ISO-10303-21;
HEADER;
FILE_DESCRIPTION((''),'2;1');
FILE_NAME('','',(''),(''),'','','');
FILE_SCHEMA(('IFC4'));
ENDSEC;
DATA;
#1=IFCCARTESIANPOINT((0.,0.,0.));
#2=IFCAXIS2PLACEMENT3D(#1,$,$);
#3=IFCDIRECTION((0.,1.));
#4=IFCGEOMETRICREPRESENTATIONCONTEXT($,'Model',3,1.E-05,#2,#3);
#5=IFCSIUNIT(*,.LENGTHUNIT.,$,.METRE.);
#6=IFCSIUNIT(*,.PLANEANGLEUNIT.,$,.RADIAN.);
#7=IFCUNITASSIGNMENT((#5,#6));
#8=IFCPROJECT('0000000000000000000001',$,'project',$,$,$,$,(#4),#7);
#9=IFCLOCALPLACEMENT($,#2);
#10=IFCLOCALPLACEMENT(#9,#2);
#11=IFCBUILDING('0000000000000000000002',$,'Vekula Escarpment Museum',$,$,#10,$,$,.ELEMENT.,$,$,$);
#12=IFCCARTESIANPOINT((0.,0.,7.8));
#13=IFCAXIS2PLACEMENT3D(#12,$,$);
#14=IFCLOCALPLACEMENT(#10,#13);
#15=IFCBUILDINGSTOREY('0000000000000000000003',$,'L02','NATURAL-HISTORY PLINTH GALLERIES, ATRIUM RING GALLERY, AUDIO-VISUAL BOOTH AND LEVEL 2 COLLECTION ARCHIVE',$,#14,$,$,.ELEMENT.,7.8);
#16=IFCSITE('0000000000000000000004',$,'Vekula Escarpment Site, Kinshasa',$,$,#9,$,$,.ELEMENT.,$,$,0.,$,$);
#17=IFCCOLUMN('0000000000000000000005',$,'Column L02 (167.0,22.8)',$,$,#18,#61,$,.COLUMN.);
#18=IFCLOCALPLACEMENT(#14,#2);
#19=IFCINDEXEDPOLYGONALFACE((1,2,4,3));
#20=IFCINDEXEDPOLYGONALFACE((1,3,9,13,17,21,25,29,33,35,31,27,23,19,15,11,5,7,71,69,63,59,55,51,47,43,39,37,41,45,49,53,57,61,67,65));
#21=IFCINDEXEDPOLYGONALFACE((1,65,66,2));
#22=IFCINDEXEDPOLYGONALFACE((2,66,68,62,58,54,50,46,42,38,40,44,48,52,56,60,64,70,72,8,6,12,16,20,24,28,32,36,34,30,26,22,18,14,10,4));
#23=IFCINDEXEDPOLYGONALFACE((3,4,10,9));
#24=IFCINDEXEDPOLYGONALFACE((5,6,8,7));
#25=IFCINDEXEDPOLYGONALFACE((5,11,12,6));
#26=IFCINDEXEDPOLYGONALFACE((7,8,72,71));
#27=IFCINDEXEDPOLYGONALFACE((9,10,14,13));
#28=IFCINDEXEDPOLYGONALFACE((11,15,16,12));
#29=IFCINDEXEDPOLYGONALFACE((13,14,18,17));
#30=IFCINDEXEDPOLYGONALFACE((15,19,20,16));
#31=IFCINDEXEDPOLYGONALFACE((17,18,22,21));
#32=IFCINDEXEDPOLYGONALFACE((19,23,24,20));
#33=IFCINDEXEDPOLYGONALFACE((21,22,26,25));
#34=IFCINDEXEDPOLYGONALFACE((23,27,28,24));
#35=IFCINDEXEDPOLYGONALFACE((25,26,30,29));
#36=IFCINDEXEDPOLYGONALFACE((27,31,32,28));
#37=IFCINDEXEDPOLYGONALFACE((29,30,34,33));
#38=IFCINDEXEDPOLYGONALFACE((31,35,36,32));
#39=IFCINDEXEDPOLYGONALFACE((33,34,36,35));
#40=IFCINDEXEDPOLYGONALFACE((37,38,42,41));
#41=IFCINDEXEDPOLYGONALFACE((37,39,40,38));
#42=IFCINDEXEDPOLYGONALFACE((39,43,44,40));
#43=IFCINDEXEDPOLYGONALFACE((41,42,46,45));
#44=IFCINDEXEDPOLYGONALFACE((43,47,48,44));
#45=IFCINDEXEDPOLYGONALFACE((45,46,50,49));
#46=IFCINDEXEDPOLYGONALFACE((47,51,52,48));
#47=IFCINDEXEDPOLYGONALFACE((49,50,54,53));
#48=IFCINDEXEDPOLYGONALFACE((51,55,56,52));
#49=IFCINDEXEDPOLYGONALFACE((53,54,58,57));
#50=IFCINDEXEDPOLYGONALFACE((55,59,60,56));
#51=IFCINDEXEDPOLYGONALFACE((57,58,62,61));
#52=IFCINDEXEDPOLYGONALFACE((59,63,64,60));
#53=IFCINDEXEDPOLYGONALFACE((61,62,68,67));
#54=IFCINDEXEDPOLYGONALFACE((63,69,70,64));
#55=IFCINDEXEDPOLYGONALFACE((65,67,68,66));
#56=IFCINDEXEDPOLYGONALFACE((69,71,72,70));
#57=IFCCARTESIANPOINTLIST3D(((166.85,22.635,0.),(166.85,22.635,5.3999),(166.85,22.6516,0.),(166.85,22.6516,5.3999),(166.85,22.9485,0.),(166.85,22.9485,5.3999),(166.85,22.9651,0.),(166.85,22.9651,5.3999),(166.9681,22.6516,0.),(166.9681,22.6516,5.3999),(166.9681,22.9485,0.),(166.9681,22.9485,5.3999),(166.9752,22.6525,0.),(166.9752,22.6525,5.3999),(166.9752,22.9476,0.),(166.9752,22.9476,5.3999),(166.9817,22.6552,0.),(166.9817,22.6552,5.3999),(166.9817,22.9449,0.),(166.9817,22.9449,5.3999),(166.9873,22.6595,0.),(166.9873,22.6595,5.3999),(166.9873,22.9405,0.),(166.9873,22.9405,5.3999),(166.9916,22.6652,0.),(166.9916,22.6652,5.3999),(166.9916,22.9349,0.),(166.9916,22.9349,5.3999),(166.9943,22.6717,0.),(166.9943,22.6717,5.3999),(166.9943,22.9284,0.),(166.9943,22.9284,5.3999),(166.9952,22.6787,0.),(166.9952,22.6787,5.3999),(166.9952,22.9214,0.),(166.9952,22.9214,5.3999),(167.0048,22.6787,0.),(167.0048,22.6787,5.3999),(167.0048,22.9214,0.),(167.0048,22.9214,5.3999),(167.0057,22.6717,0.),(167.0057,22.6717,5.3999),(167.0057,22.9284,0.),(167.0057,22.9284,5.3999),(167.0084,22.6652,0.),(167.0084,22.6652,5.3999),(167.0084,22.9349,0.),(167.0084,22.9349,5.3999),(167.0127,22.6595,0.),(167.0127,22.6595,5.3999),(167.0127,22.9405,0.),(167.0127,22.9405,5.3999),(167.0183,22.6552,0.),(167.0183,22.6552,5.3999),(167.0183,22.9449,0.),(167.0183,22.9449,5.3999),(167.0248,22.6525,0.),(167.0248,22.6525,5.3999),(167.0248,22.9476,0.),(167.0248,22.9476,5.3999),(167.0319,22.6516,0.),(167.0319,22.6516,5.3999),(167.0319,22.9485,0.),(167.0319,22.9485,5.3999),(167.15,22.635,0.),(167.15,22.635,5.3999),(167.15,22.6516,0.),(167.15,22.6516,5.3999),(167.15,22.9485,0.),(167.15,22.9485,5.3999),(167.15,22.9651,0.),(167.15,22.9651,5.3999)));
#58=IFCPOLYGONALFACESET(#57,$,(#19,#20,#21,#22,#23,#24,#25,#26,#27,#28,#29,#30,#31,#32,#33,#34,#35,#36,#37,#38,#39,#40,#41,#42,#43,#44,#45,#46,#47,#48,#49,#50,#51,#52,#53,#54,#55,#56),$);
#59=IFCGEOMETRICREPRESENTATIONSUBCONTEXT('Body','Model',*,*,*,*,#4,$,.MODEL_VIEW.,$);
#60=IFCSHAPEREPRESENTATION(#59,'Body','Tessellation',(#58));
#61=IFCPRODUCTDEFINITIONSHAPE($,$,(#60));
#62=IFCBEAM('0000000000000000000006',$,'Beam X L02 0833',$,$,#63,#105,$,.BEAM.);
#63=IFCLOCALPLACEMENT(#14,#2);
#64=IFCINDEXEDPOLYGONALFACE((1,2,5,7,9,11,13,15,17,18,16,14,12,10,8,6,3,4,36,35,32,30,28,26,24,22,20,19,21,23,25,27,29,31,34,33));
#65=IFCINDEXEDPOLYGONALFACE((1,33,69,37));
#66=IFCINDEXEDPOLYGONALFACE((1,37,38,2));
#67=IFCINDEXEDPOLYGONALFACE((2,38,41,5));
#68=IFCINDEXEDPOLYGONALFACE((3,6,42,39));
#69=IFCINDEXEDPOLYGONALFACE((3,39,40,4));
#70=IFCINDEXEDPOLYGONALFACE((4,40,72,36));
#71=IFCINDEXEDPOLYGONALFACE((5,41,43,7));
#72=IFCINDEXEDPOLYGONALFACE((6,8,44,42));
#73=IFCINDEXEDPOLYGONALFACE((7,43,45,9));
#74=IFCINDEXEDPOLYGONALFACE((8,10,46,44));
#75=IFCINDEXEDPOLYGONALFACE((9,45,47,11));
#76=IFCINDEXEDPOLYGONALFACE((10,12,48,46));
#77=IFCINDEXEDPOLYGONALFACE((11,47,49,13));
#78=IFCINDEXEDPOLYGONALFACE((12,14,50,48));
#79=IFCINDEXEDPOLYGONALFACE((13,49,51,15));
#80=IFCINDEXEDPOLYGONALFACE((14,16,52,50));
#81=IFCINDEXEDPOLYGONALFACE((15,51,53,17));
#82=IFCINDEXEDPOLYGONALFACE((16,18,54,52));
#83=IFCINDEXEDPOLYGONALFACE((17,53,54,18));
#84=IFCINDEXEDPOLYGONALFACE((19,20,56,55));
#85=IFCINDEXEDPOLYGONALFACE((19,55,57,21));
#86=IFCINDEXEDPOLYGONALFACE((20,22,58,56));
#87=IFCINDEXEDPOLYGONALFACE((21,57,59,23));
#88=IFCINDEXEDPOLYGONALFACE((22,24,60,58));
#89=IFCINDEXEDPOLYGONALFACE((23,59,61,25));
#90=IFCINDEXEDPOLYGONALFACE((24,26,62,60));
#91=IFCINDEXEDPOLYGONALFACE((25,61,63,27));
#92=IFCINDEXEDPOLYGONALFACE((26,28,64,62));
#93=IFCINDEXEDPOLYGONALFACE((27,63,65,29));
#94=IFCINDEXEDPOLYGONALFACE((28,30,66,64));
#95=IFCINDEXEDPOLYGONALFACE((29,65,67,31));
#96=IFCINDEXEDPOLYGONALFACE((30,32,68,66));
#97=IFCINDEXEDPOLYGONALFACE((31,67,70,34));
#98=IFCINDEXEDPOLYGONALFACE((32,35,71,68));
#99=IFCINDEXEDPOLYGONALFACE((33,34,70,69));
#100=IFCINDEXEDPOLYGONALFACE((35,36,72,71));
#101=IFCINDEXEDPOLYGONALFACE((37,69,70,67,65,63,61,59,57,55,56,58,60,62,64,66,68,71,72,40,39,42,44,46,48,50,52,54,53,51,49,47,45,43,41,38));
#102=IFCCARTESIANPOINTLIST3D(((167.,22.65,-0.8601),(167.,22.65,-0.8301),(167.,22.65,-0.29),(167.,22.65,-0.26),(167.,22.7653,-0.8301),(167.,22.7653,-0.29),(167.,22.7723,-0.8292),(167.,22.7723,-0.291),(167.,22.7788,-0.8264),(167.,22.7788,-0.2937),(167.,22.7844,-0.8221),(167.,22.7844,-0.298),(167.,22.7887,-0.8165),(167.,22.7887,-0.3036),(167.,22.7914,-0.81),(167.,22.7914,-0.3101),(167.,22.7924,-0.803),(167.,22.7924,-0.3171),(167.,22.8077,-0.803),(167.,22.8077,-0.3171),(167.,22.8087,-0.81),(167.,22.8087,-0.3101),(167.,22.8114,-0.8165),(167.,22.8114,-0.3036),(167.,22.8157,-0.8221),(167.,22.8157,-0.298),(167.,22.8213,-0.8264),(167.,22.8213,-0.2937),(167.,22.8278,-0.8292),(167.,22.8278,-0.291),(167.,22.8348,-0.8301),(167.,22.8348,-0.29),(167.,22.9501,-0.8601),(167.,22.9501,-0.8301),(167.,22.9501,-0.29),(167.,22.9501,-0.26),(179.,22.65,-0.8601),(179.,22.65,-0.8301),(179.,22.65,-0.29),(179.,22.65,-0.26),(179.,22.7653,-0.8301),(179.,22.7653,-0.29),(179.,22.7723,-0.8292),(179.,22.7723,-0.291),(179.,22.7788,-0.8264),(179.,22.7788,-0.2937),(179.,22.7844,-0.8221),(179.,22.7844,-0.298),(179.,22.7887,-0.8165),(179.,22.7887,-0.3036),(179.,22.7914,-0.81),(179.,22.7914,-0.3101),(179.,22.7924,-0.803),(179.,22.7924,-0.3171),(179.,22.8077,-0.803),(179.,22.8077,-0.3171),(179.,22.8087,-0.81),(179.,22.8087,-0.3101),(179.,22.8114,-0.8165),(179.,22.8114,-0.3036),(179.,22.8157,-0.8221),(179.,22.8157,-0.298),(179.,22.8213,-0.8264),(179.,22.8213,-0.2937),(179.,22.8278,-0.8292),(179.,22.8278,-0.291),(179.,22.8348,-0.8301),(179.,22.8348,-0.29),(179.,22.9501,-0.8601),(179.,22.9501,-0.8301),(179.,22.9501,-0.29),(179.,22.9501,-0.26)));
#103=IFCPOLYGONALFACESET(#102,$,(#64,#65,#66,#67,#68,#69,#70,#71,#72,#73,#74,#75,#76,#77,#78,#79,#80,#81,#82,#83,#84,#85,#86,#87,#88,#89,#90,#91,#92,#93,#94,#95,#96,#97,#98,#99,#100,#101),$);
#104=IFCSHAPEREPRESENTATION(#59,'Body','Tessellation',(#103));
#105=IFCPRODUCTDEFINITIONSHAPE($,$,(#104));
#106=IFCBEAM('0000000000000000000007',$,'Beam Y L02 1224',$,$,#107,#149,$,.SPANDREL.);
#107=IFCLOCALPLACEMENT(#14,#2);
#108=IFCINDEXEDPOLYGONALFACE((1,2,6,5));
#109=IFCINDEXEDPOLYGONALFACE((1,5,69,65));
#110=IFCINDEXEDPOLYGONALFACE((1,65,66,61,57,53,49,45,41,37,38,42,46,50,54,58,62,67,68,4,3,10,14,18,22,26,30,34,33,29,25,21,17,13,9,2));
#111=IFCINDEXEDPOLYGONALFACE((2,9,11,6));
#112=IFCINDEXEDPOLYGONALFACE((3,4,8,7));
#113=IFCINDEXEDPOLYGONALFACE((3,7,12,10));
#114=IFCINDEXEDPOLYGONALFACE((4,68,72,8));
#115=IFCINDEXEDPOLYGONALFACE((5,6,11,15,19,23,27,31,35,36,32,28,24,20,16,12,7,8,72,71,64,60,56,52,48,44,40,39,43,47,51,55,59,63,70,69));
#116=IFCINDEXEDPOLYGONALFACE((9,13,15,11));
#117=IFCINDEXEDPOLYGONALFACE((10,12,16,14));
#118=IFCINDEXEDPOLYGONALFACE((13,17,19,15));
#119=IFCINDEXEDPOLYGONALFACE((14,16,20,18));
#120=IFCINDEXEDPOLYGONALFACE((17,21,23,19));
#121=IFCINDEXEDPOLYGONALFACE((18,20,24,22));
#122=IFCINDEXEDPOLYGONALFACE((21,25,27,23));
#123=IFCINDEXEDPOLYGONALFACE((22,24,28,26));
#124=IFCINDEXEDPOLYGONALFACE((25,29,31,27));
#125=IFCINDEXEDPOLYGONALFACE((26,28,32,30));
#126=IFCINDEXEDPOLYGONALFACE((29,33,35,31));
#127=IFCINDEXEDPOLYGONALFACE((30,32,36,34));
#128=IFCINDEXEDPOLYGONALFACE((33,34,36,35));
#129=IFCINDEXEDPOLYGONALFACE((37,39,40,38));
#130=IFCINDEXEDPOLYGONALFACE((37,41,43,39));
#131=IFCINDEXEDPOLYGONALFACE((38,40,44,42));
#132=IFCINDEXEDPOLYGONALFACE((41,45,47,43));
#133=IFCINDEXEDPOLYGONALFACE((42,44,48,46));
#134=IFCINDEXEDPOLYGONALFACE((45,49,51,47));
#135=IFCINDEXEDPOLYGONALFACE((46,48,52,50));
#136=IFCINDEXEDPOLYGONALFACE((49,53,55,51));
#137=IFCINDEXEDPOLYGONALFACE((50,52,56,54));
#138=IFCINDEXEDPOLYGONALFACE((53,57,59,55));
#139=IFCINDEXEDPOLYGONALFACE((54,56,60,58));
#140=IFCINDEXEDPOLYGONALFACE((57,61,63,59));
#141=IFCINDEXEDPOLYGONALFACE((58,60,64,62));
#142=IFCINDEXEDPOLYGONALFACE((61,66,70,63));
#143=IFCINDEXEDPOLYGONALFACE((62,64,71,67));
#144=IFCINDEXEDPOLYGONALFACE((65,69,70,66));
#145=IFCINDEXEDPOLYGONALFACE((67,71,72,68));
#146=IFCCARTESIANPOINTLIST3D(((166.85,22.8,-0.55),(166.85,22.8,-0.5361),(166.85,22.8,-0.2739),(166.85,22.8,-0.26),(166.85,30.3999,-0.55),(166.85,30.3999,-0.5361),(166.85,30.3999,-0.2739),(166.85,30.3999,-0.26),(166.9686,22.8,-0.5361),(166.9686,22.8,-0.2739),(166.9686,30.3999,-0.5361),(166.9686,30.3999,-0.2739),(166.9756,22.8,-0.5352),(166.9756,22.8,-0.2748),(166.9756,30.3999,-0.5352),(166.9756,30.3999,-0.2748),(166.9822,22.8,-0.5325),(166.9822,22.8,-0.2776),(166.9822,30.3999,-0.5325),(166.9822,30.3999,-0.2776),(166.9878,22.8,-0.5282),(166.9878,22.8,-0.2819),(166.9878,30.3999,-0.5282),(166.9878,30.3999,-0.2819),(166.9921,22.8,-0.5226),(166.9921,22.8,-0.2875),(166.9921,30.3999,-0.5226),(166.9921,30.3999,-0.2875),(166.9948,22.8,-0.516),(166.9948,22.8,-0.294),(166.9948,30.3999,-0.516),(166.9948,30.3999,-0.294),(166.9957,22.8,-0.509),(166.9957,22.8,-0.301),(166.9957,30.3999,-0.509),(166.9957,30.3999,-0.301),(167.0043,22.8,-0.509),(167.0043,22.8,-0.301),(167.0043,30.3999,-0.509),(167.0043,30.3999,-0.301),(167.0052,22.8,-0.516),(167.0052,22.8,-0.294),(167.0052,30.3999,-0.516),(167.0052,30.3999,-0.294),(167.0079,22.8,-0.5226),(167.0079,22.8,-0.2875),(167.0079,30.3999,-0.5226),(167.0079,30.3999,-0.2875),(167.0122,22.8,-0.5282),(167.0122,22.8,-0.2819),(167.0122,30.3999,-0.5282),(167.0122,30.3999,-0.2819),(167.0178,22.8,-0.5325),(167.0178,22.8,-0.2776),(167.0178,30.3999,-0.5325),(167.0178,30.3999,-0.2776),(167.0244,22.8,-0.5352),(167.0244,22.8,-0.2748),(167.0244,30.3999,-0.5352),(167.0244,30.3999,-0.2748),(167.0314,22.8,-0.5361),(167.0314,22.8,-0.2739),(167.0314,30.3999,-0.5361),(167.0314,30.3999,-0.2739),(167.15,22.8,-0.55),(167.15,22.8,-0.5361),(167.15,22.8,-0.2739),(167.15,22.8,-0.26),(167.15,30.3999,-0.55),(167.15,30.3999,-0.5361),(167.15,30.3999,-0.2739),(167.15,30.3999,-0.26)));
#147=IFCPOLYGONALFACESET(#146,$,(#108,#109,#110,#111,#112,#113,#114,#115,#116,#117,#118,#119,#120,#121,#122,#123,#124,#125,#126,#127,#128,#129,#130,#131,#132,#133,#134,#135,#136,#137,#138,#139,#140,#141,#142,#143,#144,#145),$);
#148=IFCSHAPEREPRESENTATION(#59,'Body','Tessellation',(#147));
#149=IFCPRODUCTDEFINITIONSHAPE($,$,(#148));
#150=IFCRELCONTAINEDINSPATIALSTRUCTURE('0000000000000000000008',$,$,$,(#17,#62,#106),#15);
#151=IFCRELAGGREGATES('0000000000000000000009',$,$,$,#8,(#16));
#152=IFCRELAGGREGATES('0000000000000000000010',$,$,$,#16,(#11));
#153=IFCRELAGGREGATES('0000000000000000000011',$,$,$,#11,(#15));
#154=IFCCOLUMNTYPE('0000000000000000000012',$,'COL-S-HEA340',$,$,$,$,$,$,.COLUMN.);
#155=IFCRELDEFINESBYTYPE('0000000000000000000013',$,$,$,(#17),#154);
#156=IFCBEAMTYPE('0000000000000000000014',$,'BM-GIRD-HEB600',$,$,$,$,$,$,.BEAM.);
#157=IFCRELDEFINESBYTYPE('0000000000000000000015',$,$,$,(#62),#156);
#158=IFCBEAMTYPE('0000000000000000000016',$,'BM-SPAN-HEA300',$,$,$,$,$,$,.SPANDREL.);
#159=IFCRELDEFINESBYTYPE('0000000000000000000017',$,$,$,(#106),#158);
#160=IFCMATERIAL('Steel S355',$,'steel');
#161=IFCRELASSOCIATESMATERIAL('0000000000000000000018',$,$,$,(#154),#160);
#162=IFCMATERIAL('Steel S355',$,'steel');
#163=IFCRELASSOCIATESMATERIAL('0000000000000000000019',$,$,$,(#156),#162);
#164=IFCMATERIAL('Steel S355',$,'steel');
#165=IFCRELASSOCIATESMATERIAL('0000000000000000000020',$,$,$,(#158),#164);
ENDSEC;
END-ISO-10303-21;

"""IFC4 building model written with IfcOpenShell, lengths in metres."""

from ifc_helpers import new_model, si_unit, direction, frame, origin, origin_2d, place, context, subcontext, project, spatial, i_section, extrude, material, material_profile, profile_set, type_object, element, save


model = new_model("IFC4")

# Units and contexts
model_context = context("Model", 3, precision=1e-05, world=origin(), true_north=direction((0.0, 1.0)))
body_context = subcontext(model_context, "Body", "Model", "MODEL_VIEW")
ifc_project = project(units=[si_unit("LENGTHUNIT", "METRE"), si_unit("PLANEANGLEUNIT", "RADIAN")], contexts=[model_context])

# Site, building, storey
site_placement = place(None, origin())
site = spatial("IfcSite", under=ifc_project, at=site_placement, Name="Vekula Escarpment Site, Kinshasa", CompositionType="ELEMENT", RefElevation=0.0)
building_placement = place(site_placement, origin())
building = spatial("IfcBuilding", under=site, at=building_placement, Name="Vekula Escarpment Museum", CompositionType="ELEMENT")
storey_placement = place(building_placement, frame((0.0, 0.0, 7.8)))
storey = spatial("IfcBuildingStorey", under=building, at=storey_placement, Name="L02", Description="NATURAL-HISTORY PLINTH GALLERIES, ATRIUM RING GALLERY, AUDIO-VISUAL BOOTH AND LEVEL 2 COLLECTION ARCHIVE", CompositionType="ELEMENT", Elevation=7.8)

# Column
ifc_material_1 = material(Name="Steel S355", Category="steel")
ifc_material_profile_1 = material_profile(ifc_material_1, i_section(OverallWidth=0.3, OverallDepth=0.3301, WebThickness=0.0095, FlangeThickness=0.0166, FilletRadius=0.0271, at=origin_2d()), Name="HEA 340")
ifc_profile_set_1 = profile_set([ifc_material_profile_1], Name="Steel S355")
column_type = type_object("IfcColumnType", Name="COL-S-HEA340", PredefinedType="COLUMN", material=ifc_profile_set_1)
column_placement = place(storey_placement, frame((167.0, 22.8, 0.0), z_axis=(0.0, 0.0, 1.0), x_axis=(1.0, 0.0, 0.0)))
element("IfcColumn", 1, at=column_placement, inside=storey, type_object=column_type, Name="Column L02 (167.0,22.8)", PredefinedType="COLUMN", context=body_context, shape_type="SweptSolid", body=[
    extrude(i_section(OverallWidth=0.3, OverallDepth=0.3301, WebThickness=0.0095, FlangeThickness=0.0166, FilletRadius=0.0271, at=origin_2d()), origin(), (0.0, 0.0, 1.0), 5.3999),
])

# Beams
ifc_material_2 = material(Name="Steel S355", Category="steel")
ifc_material_profile_2 = material_profile(ifc_material_2, i_section(OverallWidth=0.3, OverallDepth=0.6001, WebThickness=0.0154, FlangeThickness=0.03, FilletRadius=0.0271, at=origin_2d()), Name="HEB 600")
ifc_profile_set_2 = profile_set([ifc_material_profile_2], Name="Steel S355")
beam_type_1 = type_object("IfcBeamType", Name="BM-GIRD-HEB600", PredefinedType="BEAM", material=ifc_profile_set_2)
beam_1_placement = place(storey_placement, frame((167.0, 22.8, -0.5601), z_axis=(1.0, 0.0, 0.0), x_axis=(0.0, 1.0, 0.0)))
element("IfcBeam", 2, at=beam_1_placement, inside=storey, type_object=beam_type_1, Name="Beam X L02 0833", PredefinedType="BEAM", context=body_context, shape_type="SweptSolid", body=[
    extrude(i_section(OverallWidth=0.3, OverallDepth=0.6001, WebThickness=0.0154, FlangeThickness=0.03, FilletRadius=0.0271, at=origin_2d()), origin(), (0.0, 0.0, 1.0), 12.0),
])
ifc_material_3 = material(Name="Steel S355", Category="steel")
ifc_material_profile_3 = material_profile(ifc_material_3, i_section(OverallWidth=0.3, OverallDepth=0.29, WebThickness=0.0085, FlangeThickness=0.0139, FilletRadius=0.0271, at=origin_2d()), Name="HEA 300")
ifc_profile_set_3 = profile_set([ifc_material_profile_3], Name="Steel S355")
beam_type_2 = type_object("IfcBeamType", Name="BM-SPAN-HEA300", PredefinedType="SPANDREL", material=ifc_profile_set_3)
beam_2_placement = place(storey_placement, frame((167.0, 22.8, -0.405), z_axis=(0.0, 1.0, 0.0), x_axis=(-1.0, 0.0, 0.0)))
element("IfcBeam", 3, at=beam_2_placement, inside=storey, type_object=beam_type_2, Name="Beam Y L02 1224", PredefinedType="SPANDREL", context=body_context, shape_type="SweptSolid", body=[
    extrude(i_section(OverallWidth=0.3, OverallDepth=0.29, WebThickness=0.0085, FlangeThickness=0.0139, FilletRadius=0.0271, at=origin_2d()), origin(), (0.0, 0.0, 1.0), 7.5999),
])

save(model, "model.ifc")
